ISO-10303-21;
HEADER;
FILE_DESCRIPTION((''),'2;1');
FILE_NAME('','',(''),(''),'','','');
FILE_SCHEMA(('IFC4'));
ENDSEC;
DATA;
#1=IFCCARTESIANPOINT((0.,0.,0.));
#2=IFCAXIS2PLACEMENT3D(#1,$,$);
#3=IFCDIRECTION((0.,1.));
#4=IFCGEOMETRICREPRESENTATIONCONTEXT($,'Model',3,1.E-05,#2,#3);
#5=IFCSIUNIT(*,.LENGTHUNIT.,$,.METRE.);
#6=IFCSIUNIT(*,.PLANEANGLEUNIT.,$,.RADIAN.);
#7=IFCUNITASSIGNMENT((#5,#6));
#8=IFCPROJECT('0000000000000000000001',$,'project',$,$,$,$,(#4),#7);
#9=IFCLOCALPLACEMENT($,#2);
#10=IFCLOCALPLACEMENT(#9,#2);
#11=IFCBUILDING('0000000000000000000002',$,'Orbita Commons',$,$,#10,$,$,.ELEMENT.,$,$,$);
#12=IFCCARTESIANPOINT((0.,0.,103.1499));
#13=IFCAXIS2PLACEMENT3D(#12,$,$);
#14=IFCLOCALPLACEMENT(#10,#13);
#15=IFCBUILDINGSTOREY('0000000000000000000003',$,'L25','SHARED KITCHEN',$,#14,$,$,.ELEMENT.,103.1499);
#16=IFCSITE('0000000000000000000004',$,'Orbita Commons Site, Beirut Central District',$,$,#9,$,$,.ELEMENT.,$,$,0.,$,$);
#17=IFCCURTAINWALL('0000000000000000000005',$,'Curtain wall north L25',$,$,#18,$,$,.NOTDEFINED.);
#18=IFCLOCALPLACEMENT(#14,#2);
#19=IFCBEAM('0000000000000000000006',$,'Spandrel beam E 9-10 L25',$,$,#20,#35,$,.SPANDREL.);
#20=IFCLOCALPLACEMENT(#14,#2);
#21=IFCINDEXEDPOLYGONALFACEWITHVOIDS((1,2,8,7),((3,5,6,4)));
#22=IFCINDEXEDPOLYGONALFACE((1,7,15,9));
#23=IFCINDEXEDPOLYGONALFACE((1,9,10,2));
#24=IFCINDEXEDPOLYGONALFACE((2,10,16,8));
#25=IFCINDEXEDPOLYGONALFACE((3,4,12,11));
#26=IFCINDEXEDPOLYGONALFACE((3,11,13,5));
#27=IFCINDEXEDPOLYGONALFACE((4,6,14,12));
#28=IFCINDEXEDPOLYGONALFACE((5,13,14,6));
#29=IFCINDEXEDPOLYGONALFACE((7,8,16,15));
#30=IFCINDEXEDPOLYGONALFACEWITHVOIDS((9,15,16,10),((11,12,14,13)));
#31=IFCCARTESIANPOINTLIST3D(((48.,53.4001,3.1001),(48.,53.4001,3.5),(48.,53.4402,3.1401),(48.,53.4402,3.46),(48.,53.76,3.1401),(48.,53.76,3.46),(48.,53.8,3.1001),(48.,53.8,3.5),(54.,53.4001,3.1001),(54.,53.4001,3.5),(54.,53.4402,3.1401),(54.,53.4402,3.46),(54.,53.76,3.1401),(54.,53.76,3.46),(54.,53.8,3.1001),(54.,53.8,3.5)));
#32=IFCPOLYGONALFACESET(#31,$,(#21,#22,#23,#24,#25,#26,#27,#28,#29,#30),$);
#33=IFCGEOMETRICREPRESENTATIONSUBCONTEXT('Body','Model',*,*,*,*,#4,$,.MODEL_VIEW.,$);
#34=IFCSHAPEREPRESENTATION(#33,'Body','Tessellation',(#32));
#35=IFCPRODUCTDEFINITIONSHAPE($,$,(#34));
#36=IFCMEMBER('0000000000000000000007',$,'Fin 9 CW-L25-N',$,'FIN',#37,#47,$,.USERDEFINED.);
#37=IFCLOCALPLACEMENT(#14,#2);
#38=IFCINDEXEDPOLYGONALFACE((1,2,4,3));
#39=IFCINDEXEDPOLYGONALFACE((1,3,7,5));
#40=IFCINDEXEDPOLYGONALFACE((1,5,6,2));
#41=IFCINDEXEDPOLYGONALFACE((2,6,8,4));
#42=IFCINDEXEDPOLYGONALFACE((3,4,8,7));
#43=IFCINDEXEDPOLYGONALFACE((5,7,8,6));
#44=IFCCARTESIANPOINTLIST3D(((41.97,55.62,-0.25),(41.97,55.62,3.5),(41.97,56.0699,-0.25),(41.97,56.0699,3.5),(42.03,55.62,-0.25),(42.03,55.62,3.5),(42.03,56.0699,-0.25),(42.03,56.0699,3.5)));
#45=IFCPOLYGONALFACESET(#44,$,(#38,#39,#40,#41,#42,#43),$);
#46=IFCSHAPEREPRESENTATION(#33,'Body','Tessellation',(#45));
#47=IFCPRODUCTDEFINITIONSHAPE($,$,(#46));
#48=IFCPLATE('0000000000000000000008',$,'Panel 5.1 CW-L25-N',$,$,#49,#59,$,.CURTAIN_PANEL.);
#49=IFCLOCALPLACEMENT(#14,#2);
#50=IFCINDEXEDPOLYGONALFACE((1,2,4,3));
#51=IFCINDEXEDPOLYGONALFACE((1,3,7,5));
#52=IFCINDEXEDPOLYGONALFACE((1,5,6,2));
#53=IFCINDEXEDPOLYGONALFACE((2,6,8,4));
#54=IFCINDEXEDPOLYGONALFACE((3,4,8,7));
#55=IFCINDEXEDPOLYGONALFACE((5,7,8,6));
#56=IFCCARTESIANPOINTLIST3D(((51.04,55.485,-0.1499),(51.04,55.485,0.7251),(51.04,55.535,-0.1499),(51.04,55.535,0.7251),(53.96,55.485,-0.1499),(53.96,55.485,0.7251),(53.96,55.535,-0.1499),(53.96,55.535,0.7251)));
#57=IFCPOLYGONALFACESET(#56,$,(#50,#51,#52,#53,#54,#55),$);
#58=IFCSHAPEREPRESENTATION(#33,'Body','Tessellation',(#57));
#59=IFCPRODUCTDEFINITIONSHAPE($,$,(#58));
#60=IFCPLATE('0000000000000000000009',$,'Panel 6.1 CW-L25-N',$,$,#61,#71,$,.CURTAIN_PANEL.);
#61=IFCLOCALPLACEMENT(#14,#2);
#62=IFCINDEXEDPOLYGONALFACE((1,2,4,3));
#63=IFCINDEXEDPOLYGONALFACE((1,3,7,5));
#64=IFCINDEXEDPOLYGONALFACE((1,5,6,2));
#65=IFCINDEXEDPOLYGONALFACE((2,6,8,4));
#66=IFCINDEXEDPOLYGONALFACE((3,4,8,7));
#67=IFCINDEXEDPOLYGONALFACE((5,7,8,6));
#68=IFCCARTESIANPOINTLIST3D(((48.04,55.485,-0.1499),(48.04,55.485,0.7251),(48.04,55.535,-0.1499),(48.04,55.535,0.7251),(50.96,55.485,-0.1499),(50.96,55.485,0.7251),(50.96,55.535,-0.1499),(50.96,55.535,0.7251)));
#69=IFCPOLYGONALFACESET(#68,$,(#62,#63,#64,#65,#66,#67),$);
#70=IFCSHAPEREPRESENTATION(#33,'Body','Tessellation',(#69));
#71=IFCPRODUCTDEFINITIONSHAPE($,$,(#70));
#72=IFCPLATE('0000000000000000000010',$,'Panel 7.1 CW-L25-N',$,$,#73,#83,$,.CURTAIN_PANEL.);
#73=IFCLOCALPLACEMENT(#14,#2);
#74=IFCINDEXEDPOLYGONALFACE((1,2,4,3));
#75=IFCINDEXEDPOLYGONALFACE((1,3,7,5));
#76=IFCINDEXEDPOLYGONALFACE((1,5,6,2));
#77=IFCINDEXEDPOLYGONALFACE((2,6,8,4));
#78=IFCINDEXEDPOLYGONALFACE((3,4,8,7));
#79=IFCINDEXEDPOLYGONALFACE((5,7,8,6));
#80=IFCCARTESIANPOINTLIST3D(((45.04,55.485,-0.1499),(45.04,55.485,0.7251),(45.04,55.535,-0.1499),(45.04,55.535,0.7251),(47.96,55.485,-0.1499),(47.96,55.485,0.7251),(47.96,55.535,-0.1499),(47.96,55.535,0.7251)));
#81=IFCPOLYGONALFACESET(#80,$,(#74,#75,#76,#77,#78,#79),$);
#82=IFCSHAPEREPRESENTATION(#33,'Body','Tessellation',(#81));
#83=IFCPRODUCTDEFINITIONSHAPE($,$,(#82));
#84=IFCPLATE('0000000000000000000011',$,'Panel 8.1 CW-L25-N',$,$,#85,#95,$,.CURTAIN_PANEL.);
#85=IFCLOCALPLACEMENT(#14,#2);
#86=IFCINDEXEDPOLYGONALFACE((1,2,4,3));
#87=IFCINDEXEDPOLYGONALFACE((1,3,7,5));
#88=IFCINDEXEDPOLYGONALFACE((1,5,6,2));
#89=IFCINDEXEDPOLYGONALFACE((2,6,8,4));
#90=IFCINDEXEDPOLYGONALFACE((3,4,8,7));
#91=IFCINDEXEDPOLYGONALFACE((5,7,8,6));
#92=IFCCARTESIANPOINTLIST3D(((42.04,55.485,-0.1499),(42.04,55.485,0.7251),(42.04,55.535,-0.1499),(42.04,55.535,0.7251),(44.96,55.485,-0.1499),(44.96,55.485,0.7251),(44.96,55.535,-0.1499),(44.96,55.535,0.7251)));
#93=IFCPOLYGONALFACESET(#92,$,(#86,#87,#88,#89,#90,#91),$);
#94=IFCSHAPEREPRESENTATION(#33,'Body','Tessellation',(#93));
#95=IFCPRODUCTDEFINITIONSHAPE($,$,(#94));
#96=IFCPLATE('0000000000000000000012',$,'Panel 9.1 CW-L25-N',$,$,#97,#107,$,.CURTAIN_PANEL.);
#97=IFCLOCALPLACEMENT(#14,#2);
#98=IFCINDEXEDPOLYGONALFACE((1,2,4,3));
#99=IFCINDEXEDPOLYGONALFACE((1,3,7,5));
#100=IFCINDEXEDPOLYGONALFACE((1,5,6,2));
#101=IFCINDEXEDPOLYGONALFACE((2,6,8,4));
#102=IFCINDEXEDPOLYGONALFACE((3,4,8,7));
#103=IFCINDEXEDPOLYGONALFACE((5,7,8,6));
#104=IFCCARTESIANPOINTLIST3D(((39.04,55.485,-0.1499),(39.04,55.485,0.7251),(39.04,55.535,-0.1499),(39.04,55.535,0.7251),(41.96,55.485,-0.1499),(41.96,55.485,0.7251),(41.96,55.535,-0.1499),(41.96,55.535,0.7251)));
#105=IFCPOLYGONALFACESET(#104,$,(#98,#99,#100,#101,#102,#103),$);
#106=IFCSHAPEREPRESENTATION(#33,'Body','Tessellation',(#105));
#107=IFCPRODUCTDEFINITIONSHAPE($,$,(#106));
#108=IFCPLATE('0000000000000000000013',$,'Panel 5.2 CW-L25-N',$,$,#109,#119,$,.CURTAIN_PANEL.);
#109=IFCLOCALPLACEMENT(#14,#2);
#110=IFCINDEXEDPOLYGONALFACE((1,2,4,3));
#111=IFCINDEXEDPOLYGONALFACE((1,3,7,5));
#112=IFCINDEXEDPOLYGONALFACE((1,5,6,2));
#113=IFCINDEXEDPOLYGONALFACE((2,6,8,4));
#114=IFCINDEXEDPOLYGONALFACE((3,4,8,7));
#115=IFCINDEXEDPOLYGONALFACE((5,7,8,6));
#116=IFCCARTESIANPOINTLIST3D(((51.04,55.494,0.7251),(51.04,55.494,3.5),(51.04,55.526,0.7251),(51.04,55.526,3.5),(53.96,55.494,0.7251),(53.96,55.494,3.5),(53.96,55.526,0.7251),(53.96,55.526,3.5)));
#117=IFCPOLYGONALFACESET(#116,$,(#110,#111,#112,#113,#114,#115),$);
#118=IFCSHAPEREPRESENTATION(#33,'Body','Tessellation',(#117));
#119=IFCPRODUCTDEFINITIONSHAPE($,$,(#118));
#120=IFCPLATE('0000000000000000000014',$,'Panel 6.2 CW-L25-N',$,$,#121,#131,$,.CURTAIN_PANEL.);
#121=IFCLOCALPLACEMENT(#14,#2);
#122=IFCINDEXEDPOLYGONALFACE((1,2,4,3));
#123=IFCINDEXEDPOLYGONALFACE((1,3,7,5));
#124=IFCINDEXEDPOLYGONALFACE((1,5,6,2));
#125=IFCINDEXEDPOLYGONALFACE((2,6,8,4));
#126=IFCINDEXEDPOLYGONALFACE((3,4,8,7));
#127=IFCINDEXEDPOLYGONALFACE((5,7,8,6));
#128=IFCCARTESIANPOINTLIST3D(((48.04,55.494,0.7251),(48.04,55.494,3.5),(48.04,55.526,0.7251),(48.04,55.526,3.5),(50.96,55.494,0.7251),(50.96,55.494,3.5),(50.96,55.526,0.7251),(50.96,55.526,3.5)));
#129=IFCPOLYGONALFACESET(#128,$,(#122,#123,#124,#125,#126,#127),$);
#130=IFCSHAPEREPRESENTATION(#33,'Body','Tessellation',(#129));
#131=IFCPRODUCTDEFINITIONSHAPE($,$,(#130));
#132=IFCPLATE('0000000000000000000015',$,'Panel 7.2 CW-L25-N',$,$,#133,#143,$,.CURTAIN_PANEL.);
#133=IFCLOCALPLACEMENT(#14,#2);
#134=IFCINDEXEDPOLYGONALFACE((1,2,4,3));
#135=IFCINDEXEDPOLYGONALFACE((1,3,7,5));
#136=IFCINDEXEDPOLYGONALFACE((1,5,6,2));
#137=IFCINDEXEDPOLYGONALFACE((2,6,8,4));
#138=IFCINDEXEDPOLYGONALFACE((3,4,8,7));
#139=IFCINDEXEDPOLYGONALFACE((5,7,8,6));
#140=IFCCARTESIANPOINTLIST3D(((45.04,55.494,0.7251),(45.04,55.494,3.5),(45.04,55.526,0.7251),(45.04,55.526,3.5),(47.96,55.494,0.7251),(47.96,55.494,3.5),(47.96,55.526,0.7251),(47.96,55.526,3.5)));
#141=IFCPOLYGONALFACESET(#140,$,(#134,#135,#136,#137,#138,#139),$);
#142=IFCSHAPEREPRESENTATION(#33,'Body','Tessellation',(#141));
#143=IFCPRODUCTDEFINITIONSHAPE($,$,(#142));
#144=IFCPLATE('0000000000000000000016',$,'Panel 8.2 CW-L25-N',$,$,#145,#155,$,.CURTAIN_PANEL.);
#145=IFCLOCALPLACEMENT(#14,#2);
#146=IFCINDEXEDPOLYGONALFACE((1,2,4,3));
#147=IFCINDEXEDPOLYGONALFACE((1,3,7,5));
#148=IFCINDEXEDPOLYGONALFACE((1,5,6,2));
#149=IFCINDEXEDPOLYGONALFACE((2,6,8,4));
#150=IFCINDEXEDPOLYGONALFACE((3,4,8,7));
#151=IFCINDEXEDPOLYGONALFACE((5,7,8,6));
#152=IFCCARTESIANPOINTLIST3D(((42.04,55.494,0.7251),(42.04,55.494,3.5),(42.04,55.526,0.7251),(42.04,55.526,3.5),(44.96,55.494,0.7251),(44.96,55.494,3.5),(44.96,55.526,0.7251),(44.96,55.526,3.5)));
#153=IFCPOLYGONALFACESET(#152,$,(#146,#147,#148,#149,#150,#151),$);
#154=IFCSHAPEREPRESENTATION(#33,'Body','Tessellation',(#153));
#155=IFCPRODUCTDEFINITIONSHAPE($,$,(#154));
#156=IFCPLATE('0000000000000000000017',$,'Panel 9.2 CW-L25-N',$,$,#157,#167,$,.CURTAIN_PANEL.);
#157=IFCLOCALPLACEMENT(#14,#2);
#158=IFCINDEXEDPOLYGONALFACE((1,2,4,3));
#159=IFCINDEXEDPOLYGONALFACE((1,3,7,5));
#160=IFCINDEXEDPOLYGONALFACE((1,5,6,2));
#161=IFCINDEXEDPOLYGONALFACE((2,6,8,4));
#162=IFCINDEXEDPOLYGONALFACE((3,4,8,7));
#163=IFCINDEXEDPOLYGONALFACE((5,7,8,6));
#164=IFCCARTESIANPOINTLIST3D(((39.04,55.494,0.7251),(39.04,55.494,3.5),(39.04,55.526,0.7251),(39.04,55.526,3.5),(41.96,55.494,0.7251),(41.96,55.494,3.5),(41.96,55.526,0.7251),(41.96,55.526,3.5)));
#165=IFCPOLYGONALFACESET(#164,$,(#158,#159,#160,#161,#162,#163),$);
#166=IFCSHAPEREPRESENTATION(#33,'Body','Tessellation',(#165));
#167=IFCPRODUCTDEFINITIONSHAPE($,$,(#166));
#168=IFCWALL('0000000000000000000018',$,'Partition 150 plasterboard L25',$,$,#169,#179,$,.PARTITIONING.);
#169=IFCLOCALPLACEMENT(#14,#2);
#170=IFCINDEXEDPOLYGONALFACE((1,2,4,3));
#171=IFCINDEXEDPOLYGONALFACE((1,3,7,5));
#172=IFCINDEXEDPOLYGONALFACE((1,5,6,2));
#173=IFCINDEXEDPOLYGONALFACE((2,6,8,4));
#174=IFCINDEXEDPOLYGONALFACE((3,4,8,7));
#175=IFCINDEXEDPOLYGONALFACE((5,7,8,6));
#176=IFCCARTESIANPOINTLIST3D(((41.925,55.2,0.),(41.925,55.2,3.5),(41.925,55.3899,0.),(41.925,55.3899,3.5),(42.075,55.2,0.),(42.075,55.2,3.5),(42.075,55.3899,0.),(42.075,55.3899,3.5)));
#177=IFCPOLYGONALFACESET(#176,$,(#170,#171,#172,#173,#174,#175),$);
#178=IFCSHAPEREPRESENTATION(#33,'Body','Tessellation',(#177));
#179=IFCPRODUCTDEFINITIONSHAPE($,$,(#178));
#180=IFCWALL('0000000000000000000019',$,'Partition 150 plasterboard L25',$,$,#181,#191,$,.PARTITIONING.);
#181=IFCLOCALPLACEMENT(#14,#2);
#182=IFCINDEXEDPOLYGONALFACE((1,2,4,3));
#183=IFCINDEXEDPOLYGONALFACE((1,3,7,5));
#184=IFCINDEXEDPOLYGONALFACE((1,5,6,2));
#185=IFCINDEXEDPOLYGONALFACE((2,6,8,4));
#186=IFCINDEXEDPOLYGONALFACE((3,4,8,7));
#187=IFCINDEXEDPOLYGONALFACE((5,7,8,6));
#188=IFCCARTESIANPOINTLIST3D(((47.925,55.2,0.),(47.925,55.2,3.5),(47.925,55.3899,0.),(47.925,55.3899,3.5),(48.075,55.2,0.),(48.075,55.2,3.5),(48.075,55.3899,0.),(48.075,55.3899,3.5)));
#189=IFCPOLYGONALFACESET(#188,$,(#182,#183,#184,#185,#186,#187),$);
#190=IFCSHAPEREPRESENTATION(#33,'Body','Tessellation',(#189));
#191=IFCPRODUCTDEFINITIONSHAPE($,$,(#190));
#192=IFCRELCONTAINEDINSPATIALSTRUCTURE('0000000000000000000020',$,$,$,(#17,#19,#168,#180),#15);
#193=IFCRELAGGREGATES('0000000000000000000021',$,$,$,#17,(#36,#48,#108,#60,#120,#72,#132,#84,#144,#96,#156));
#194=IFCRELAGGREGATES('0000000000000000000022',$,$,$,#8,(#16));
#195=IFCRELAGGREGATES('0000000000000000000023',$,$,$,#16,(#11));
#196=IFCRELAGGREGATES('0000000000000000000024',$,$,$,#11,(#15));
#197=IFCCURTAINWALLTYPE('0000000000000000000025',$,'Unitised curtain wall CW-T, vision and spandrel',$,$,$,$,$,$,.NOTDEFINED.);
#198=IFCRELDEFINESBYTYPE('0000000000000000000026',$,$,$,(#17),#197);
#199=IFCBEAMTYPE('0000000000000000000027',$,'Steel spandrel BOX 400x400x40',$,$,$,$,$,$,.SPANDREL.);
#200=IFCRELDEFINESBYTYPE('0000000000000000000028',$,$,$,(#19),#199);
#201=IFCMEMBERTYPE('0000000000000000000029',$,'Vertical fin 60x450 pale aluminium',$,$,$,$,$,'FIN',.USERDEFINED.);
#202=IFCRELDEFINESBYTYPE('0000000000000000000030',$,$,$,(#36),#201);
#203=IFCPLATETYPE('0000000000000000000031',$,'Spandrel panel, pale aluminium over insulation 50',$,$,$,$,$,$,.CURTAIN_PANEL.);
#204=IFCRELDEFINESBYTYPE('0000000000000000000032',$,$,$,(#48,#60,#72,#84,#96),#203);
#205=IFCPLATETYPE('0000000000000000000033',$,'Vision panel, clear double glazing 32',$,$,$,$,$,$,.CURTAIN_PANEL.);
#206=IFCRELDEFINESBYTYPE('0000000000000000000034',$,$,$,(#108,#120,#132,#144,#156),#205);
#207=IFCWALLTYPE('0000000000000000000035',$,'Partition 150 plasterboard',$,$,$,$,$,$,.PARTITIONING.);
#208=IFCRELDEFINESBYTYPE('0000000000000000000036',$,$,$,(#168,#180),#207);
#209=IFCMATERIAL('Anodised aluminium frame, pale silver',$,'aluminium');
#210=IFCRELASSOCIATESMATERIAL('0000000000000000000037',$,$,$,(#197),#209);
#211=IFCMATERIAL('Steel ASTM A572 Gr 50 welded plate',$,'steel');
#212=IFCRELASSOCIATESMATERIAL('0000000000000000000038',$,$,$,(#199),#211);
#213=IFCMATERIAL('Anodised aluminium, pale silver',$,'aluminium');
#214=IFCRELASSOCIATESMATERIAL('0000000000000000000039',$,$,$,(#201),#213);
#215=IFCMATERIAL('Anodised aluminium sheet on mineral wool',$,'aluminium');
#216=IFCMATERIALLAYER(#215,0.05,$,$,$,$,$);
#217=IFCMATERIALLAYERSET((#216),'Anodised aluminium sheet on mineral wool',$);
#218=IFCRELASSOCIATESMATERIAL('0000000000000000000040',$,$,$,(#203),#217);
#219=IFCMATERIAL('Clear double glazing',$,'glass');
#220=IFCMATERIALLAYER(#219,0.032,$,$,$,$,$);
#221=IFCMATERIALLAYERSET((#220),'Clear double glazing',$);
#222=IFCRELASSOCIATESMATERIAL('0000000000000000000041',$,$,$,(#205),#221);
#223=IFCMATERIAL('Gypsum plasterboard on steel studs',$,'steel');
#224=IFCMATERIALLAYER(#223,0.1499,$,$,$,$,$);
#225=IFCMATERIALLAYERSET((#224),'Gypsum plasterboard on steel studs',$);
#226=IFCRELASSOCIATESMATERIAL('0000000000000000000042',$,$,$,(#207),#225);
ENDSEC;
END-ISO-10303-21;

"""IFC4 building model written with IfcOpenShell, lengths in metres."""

from ifc_helpers import new_model, si_unit, direction, frame, frame_2d, origin, origin_2d, place, context, subcontext, project, spatial, rectangle, hollow_rectangle, extrude, material, layer, layer_set, material_profile, profile_set, type_object, element, aggregate, save


model = new_model("IFC4")

# Units and contexts
model_context = context("Model", 3, precision=1e-05, world=origin(), true_north=direction((0.0, 1.0)))
body_context = subcontext(model_context, "Body", "Model", "MODEL_VIEW")
ifc_project = project(units=[si_unit("LENGTHUNIT", "METRE"), si_unit("PLANEANGLEUNIT", "RADIAN")], contexts=[model_context])

# Site, building, storey
site_placement = place(None, origin())
site = spatial("IfcSite", under=ifc_project, at=site_placement, Name="Orbita Commons Site, Beirut Central District", CompositionType="ELEMENT", RefElevation=0.0)
building_placement = place(site_placement, origin())
building = spatial("IfcBuilding", under=site, at=building_placement, Name="Orbita Commons", CompositionType="ELEMENT")
storey_placement = place(building_placement, frame((0.0, 0.0, 103.1499)))
storey = spatial("IfcBuildingStorey", under=building, at=storey_placement, Name="L25", Description="SHARED KITCHEN", CompositionType="ELEMENT", Elevation=103.1499)

# Curtain wall
ifc_material_1 = material(Name="Anodised aluminium frame, pale silver", Category="aluminium")
curtain_wall_type = type_object("IfcCurtainWallType", Name="Unitised curtain wall CW-T, vision and spandrel", PredefinedType="NOTDEFINED", material=ifc_material_1)
curtain_wall_placement = place(storey_placement, origin())
curtain_wall = element("IfcCurtainWall", 1, at=curtain_wall_placement, inside=storey, type_object=curtain_wall_type, Name="Curtain wall north L25", PredefinedType="NOTDEFINED")

# Beam
ifc_material_2 = material(Name="Steel ASTM A572 Gr 50 welded plate", Category="steel")
ifc_material_profile_1 = material_profile(ifc_material_2, hollow_rectangle(XDim=0.3999, YDim=0.3999, WallThickness=0.04, at=origin_2d()), Name="BOX 400x400x40")
ifc_profile_set_1 = profile_set([ifc_material_profile_1], Name="Steel ASTM A572 Gr 50 welded plate")
beam_type = type_object("IfcBeamType", Name="Steel spandrel BOX 400x400x40", PredefinedType="SPANDREL", material=ifc_profile_set_1)
for number, where, z_axis, x_axis, name in (
    (2, (48.0, 53.6001, 3.3), (1.0, 0.0, 0.0), (0.0, 1.0, 0.0), "Spandrel beam E 9-10 L25"),
):
    element("IfcBeam", number, at=place(storey_placement, frame(where, z_axis=z_axis, x_axis=x_axis)), inside=storey, type_object=beam_type, Name=name, PredefinedType="SPANDREL", context=body_context, shape_type="SweptSolid", body=[
        extrude(hollow_rectangle(XDim=0.3999, YDim=0.3999, WallThickness=0.04, at=origin_2d()), origin(), (0.0, 0.0, 1.0), 6.0),
    ])

# Member
ifc_material_3 = material(Name="Anodised aluminium, pale silver", Category="aluminium")
ifc_material_profile_2 = material_profile(ifc_material_3, rectangle(XDim=0.0601, YDim=0.45, at=origin_2d()), Name="FIN 60x450")
ifc_profile_set_2 = profile_set([ifc_material_profile_2], Name="Anodised aluminium, pale silver")
member_type_1 = type_object("IfcMemberType", Name="Vertical fin 60x450 pale aluminium", ElementType="FIN", PredefinedType="USERDEFINED", material=ifc_profile_set_2)
member_1_placement = place(storey_placement, frame((42.0, 55.845, -0.25), z_axis=(0.0, 0.0, 1.0), x_axis=(-1.0, 0.0, 0.0)))
member_1 = element("IfcMember", 3, at=member_1_placement, type_object=member_type_1, Name="Fin 9 CW-L25-N", ObjectType="FIN", PredefinedType="USERDEFINED", context=body_context, shape_type="SweptSolid", body=[
    extrude(rectangle(XDim=0.0601, YDim=0.45, at=origin_2d()), origin(), (0.0, 0.0, 1.0), 3.75),
])

# Plates
ifc_material_4 = material(Name="Anodised aluminium sheet on mineral wool", Category="aluminium")
ifc_layer_1 = layer(ifc_material_4, 0.05)
ifc_layer_set_1 = layer_set([ifc_layer_1], Name="Anodised aluminium sheet on mineral wool")
plate_type_1 = type_object("IfcPlateType", Name="Spandrel panel, pale aluminium over insulation 50", PredefinedType="CURTAIN_PANEL", material=ifc_layer_set_1)
plate_1_placement = place(storey_placement, frame((52.5, 55.51, -0.1499), z_axis=(0.0, 0.0, 1.0), x_axis=(-1.0, 0.0, 0.0)))
plate_1 = element("IfcPlate", 4, at=plate_1_placement, type_object=plate_type_1, Name="Panel 5.1 CW-L25-N", PredefinedType="CURTAIN_PANEL", context=body_context, shape_type="SweptSolid", body=[
    extrude(rectangle(XDim=2.9199, YDim=0.05, at=origin_2d()), origin(), (0.0, 0.0, 1.0), 0.875),
])
plate_2_placement = place(storey_placement, frame((49.5, 55.51, -0.1499), z_axis=(0.0, 0.0, 1.0), x_axis=(-1.0, 0.0, 0.0)))
plate_2 = element("IfcPlate", 5, at=plate_2_placement, type_object=plate_type_1, Name="Panel 6.1 CW-L25-N", PredefinedType="CURTAIN_PANEL", context=body_context, shape_type="SweptSolid", body=[
    extrude(rectangle(XDim=2.9199, YDim=0.05, at=origin_2d()), origin(), (0.0, 0.0, 1.0), 0.875),
])
plate_3_placement = place(storey_placement, frame((46.5, 55.51, -0.1499), z_axis=(0.0, 0.0, 1.0), x_axis=(-1.0, 0.0, 0.0)))
plate_3 = element("IfcPlate", 6, at=plate_3_placement, type_object=plate_type_1, Name="Panel 7.1 CW-L25-N", PredefinedType="CURTAIN_PANEL", context=body_context, shape_type="SweptSolid", body=[
    extrude(rectangle(XDim=2.9199, YDim=0.05, at=origin_2d()), origin(), (0.0, 0.0, 1.0), 0.875),
])
plate_4_placement = place(storey_placement, frame((43.5, 55.51, -0.1499), z_axis=(0.0, 0.0, 1.0), x_axis=(-1.0, 0.0, 0.0)))
plate_4 = element("IfcPlate", 7, at=plate_4_placement, type_object=plate_type_1, Name="Panel 8.1 CW-L25-N", PredefinedType="CURTAIN_PANEL", context=body_context, shape_type="SweptSolid", body=[
    extrude(rectangle(XDim=2.9199, YDim=0.05, at=origin_2d()), origin(), (0.0, 0.0, 1.0), 0.875),
])
plate_5_placement = place(storey_placement, frame((40.5, 55.51, -0.1499), z_axis=(0.0, 0.0, 1.0), x_axis=(-1.0, 0.0, 0.0)))
plate_5 = element("IfcPlate", 8, at=plate_5_placement, type_object=plate_type_1, Name="Panel 9.1 CW-L25-N", PredefinedType="CURTAIN_PANEL", context=body_context, shape_type="SweptSolid", body=[
    extrude(rectangle(XDim=2.9199, YDim=0.05, at=origin_2d()), origin(), (0.0, 0.0, 1.0), 0.875),
])
ifc_material_5 = material(Name="Clear double glazing", Category="glass")
ifc_layer_2 = layer(ifc_material_5, 0.032)
ifc_layer_set_2 = layer_set([ifc_layer_2], Name="Clear double glazing")
plate_type_2 = type_object("IfcPlateType", Name="Vision panel, clear double glazing 32", PredefinedType="CURTAIN_PANEL", material=ifc_layer_set_2)
plate_6_placement = place(storey_placement, frame((52.5, 55.51, 0.7251), z_axis=(0.0, 0.0, 1.0), x_axis=(-1.0, 0.0, 0.0)))
plate_6 = element("IfcPlate", 9, at=plate_6_placement, type_object=plate_type_2, Name="Panel 5.2 CW-L25-N", PredefinedType="CURTAIN_PANEL", context=body_context, shape_type="SweptSolid", body=[
    extrude(rectangle(XDim=2.9199, YDim=0.032, at=origin_2d()), origin(), (0.0, 0.0, 1.0), 2.7749),
])
plate_7_placement = place(storey_placement, frame((49.5, 55.51, 0.7251), z_axis=(0.0, 0.0, 1.0), x_axis=(-1.0, 0.0, 0.0)))
plate_7 = element("IfcPlate", 10, at=plate_7_placement, type_object=plate_type_2, Name="Panel 6.2 CW-L25-N", PredefinedType="CURTAIN_PANEL", context=body_context, shape_type="SweptSolid", body=[
    extrude(rectangle(XDim=2.9199, YDim=0.032, at=origin_2d()), origin(), (0.0, 0.0, 1.0), 2.7749),
])
plate_8_placement = place(storey_placement, frame((46.5, 55.51, 0.7251), z_axis=(0.0, 0.0, 1.0), x_axis=(-1.0, 0.0, 0.0)))
plate_8 = element("IfcPlate", 11, at=plate_8_placement, type_object=plate_type_2, Name="Panel 7.2 CW-L25-N", PredefinedType="CURTAIN_PANEL", context=body_context, shape_type="SweptSolid", body=[
    extrude(rectangle(XDim=2.9199, YDim=0.032, at=origin_2d()), origin(), (0.0, 0.0, 1.0), 2.7749),
])
plate_9_placement = place(storey_placement, frame((43.5, 55.51, 0.7251), z_axis=(0.0, 0.0, 1.0), x_axis=(-1.0, 0.0, 0.0)))
plate_9 = element("IfcPlate", 12, at=plate_9_placement, type_object=plate_type_2, Name="Panel 8.2 CW-L25-N", PredefinedType="CURTAIN_PANEL", context=body_context, shape_type="SweptSolid", body=[
    extrude(rectangle(XDim=2.9199, YDim=0.032, at=origin_2d()), origin(), (0.0, 0.0, 1.0), 2.7749),
])
plate_10_placement = place(storey_placement, frame((40.5, 55.51, 0.7251), z_axis=(0.0, 0.0, 1.0), x_axis=(-1.0, 0.0, 0.0)))
plate_10 = element("IfcPlate", 13, at=plate_10_placement, type_object=plate_type_2, Name="Panel 9.2 CW-L25-N", PredefinedType="CURTAIN_PANEL", context=body_context, shape_type="SweptSolid", body=[
    extrude(rectangle(XDim=2.9199, YDim=0.032, at=origin_2d()), origin(), (0.0, 0.0, 1.0), 2.7749),
])
aggregate(curtain_wall, [member_1, plate_1, plate_6, plate_2, plate_7, plate_3, plate_8, plate_4, plate_9, plate_5, plate_10])

# Walls
ifc_material_6 = material(Name="Gypsum plasterboard on steel studs", Category="steel")
ifc_layer_3 = layer(ifc_material_6, 0.1499)
ifc_layer_set_3 = layer_set([ifc_layer_3], Name="Gypsum plasterboard on steel studs")
wall_type_1 = type_object("IfcWallType", Name="Partition 150 plasterboard", PredefinedType="PARTITIONING", material=ifc_layer_set_3)
for number, where, z_axis, x_axis, name in (
    (14, (42.0, 55.2, 0.0), (0.0, 0.0, 1.0), (0.0, 1.0, 0.0), "Partition 150 plasterboard L25"),
    (15, (48.0, 55.2, 0.0), (0.0, 0.0, 1.0), (0.0, 1.0, 0.0), "Partition 150 plasterboard L25"),
):
    element("IfcWall", number, at=place(storey_placement, frame(where, z_axis=z_axis, x_axis=x_axis)), inside=storey, type_object=wall_type_1, Name=name, PredefinedType="PARTITIONING", context=body_context, shape_type="SweptSolid", body=[
        extrude(rectangle(XDim=0.1899, YDim=0.1499, at=frame_2d((0.095, 0.0))), origin(), (0.0, 0.0, 1.0), 3.5),
    ])

save(model, "model.ifc")
